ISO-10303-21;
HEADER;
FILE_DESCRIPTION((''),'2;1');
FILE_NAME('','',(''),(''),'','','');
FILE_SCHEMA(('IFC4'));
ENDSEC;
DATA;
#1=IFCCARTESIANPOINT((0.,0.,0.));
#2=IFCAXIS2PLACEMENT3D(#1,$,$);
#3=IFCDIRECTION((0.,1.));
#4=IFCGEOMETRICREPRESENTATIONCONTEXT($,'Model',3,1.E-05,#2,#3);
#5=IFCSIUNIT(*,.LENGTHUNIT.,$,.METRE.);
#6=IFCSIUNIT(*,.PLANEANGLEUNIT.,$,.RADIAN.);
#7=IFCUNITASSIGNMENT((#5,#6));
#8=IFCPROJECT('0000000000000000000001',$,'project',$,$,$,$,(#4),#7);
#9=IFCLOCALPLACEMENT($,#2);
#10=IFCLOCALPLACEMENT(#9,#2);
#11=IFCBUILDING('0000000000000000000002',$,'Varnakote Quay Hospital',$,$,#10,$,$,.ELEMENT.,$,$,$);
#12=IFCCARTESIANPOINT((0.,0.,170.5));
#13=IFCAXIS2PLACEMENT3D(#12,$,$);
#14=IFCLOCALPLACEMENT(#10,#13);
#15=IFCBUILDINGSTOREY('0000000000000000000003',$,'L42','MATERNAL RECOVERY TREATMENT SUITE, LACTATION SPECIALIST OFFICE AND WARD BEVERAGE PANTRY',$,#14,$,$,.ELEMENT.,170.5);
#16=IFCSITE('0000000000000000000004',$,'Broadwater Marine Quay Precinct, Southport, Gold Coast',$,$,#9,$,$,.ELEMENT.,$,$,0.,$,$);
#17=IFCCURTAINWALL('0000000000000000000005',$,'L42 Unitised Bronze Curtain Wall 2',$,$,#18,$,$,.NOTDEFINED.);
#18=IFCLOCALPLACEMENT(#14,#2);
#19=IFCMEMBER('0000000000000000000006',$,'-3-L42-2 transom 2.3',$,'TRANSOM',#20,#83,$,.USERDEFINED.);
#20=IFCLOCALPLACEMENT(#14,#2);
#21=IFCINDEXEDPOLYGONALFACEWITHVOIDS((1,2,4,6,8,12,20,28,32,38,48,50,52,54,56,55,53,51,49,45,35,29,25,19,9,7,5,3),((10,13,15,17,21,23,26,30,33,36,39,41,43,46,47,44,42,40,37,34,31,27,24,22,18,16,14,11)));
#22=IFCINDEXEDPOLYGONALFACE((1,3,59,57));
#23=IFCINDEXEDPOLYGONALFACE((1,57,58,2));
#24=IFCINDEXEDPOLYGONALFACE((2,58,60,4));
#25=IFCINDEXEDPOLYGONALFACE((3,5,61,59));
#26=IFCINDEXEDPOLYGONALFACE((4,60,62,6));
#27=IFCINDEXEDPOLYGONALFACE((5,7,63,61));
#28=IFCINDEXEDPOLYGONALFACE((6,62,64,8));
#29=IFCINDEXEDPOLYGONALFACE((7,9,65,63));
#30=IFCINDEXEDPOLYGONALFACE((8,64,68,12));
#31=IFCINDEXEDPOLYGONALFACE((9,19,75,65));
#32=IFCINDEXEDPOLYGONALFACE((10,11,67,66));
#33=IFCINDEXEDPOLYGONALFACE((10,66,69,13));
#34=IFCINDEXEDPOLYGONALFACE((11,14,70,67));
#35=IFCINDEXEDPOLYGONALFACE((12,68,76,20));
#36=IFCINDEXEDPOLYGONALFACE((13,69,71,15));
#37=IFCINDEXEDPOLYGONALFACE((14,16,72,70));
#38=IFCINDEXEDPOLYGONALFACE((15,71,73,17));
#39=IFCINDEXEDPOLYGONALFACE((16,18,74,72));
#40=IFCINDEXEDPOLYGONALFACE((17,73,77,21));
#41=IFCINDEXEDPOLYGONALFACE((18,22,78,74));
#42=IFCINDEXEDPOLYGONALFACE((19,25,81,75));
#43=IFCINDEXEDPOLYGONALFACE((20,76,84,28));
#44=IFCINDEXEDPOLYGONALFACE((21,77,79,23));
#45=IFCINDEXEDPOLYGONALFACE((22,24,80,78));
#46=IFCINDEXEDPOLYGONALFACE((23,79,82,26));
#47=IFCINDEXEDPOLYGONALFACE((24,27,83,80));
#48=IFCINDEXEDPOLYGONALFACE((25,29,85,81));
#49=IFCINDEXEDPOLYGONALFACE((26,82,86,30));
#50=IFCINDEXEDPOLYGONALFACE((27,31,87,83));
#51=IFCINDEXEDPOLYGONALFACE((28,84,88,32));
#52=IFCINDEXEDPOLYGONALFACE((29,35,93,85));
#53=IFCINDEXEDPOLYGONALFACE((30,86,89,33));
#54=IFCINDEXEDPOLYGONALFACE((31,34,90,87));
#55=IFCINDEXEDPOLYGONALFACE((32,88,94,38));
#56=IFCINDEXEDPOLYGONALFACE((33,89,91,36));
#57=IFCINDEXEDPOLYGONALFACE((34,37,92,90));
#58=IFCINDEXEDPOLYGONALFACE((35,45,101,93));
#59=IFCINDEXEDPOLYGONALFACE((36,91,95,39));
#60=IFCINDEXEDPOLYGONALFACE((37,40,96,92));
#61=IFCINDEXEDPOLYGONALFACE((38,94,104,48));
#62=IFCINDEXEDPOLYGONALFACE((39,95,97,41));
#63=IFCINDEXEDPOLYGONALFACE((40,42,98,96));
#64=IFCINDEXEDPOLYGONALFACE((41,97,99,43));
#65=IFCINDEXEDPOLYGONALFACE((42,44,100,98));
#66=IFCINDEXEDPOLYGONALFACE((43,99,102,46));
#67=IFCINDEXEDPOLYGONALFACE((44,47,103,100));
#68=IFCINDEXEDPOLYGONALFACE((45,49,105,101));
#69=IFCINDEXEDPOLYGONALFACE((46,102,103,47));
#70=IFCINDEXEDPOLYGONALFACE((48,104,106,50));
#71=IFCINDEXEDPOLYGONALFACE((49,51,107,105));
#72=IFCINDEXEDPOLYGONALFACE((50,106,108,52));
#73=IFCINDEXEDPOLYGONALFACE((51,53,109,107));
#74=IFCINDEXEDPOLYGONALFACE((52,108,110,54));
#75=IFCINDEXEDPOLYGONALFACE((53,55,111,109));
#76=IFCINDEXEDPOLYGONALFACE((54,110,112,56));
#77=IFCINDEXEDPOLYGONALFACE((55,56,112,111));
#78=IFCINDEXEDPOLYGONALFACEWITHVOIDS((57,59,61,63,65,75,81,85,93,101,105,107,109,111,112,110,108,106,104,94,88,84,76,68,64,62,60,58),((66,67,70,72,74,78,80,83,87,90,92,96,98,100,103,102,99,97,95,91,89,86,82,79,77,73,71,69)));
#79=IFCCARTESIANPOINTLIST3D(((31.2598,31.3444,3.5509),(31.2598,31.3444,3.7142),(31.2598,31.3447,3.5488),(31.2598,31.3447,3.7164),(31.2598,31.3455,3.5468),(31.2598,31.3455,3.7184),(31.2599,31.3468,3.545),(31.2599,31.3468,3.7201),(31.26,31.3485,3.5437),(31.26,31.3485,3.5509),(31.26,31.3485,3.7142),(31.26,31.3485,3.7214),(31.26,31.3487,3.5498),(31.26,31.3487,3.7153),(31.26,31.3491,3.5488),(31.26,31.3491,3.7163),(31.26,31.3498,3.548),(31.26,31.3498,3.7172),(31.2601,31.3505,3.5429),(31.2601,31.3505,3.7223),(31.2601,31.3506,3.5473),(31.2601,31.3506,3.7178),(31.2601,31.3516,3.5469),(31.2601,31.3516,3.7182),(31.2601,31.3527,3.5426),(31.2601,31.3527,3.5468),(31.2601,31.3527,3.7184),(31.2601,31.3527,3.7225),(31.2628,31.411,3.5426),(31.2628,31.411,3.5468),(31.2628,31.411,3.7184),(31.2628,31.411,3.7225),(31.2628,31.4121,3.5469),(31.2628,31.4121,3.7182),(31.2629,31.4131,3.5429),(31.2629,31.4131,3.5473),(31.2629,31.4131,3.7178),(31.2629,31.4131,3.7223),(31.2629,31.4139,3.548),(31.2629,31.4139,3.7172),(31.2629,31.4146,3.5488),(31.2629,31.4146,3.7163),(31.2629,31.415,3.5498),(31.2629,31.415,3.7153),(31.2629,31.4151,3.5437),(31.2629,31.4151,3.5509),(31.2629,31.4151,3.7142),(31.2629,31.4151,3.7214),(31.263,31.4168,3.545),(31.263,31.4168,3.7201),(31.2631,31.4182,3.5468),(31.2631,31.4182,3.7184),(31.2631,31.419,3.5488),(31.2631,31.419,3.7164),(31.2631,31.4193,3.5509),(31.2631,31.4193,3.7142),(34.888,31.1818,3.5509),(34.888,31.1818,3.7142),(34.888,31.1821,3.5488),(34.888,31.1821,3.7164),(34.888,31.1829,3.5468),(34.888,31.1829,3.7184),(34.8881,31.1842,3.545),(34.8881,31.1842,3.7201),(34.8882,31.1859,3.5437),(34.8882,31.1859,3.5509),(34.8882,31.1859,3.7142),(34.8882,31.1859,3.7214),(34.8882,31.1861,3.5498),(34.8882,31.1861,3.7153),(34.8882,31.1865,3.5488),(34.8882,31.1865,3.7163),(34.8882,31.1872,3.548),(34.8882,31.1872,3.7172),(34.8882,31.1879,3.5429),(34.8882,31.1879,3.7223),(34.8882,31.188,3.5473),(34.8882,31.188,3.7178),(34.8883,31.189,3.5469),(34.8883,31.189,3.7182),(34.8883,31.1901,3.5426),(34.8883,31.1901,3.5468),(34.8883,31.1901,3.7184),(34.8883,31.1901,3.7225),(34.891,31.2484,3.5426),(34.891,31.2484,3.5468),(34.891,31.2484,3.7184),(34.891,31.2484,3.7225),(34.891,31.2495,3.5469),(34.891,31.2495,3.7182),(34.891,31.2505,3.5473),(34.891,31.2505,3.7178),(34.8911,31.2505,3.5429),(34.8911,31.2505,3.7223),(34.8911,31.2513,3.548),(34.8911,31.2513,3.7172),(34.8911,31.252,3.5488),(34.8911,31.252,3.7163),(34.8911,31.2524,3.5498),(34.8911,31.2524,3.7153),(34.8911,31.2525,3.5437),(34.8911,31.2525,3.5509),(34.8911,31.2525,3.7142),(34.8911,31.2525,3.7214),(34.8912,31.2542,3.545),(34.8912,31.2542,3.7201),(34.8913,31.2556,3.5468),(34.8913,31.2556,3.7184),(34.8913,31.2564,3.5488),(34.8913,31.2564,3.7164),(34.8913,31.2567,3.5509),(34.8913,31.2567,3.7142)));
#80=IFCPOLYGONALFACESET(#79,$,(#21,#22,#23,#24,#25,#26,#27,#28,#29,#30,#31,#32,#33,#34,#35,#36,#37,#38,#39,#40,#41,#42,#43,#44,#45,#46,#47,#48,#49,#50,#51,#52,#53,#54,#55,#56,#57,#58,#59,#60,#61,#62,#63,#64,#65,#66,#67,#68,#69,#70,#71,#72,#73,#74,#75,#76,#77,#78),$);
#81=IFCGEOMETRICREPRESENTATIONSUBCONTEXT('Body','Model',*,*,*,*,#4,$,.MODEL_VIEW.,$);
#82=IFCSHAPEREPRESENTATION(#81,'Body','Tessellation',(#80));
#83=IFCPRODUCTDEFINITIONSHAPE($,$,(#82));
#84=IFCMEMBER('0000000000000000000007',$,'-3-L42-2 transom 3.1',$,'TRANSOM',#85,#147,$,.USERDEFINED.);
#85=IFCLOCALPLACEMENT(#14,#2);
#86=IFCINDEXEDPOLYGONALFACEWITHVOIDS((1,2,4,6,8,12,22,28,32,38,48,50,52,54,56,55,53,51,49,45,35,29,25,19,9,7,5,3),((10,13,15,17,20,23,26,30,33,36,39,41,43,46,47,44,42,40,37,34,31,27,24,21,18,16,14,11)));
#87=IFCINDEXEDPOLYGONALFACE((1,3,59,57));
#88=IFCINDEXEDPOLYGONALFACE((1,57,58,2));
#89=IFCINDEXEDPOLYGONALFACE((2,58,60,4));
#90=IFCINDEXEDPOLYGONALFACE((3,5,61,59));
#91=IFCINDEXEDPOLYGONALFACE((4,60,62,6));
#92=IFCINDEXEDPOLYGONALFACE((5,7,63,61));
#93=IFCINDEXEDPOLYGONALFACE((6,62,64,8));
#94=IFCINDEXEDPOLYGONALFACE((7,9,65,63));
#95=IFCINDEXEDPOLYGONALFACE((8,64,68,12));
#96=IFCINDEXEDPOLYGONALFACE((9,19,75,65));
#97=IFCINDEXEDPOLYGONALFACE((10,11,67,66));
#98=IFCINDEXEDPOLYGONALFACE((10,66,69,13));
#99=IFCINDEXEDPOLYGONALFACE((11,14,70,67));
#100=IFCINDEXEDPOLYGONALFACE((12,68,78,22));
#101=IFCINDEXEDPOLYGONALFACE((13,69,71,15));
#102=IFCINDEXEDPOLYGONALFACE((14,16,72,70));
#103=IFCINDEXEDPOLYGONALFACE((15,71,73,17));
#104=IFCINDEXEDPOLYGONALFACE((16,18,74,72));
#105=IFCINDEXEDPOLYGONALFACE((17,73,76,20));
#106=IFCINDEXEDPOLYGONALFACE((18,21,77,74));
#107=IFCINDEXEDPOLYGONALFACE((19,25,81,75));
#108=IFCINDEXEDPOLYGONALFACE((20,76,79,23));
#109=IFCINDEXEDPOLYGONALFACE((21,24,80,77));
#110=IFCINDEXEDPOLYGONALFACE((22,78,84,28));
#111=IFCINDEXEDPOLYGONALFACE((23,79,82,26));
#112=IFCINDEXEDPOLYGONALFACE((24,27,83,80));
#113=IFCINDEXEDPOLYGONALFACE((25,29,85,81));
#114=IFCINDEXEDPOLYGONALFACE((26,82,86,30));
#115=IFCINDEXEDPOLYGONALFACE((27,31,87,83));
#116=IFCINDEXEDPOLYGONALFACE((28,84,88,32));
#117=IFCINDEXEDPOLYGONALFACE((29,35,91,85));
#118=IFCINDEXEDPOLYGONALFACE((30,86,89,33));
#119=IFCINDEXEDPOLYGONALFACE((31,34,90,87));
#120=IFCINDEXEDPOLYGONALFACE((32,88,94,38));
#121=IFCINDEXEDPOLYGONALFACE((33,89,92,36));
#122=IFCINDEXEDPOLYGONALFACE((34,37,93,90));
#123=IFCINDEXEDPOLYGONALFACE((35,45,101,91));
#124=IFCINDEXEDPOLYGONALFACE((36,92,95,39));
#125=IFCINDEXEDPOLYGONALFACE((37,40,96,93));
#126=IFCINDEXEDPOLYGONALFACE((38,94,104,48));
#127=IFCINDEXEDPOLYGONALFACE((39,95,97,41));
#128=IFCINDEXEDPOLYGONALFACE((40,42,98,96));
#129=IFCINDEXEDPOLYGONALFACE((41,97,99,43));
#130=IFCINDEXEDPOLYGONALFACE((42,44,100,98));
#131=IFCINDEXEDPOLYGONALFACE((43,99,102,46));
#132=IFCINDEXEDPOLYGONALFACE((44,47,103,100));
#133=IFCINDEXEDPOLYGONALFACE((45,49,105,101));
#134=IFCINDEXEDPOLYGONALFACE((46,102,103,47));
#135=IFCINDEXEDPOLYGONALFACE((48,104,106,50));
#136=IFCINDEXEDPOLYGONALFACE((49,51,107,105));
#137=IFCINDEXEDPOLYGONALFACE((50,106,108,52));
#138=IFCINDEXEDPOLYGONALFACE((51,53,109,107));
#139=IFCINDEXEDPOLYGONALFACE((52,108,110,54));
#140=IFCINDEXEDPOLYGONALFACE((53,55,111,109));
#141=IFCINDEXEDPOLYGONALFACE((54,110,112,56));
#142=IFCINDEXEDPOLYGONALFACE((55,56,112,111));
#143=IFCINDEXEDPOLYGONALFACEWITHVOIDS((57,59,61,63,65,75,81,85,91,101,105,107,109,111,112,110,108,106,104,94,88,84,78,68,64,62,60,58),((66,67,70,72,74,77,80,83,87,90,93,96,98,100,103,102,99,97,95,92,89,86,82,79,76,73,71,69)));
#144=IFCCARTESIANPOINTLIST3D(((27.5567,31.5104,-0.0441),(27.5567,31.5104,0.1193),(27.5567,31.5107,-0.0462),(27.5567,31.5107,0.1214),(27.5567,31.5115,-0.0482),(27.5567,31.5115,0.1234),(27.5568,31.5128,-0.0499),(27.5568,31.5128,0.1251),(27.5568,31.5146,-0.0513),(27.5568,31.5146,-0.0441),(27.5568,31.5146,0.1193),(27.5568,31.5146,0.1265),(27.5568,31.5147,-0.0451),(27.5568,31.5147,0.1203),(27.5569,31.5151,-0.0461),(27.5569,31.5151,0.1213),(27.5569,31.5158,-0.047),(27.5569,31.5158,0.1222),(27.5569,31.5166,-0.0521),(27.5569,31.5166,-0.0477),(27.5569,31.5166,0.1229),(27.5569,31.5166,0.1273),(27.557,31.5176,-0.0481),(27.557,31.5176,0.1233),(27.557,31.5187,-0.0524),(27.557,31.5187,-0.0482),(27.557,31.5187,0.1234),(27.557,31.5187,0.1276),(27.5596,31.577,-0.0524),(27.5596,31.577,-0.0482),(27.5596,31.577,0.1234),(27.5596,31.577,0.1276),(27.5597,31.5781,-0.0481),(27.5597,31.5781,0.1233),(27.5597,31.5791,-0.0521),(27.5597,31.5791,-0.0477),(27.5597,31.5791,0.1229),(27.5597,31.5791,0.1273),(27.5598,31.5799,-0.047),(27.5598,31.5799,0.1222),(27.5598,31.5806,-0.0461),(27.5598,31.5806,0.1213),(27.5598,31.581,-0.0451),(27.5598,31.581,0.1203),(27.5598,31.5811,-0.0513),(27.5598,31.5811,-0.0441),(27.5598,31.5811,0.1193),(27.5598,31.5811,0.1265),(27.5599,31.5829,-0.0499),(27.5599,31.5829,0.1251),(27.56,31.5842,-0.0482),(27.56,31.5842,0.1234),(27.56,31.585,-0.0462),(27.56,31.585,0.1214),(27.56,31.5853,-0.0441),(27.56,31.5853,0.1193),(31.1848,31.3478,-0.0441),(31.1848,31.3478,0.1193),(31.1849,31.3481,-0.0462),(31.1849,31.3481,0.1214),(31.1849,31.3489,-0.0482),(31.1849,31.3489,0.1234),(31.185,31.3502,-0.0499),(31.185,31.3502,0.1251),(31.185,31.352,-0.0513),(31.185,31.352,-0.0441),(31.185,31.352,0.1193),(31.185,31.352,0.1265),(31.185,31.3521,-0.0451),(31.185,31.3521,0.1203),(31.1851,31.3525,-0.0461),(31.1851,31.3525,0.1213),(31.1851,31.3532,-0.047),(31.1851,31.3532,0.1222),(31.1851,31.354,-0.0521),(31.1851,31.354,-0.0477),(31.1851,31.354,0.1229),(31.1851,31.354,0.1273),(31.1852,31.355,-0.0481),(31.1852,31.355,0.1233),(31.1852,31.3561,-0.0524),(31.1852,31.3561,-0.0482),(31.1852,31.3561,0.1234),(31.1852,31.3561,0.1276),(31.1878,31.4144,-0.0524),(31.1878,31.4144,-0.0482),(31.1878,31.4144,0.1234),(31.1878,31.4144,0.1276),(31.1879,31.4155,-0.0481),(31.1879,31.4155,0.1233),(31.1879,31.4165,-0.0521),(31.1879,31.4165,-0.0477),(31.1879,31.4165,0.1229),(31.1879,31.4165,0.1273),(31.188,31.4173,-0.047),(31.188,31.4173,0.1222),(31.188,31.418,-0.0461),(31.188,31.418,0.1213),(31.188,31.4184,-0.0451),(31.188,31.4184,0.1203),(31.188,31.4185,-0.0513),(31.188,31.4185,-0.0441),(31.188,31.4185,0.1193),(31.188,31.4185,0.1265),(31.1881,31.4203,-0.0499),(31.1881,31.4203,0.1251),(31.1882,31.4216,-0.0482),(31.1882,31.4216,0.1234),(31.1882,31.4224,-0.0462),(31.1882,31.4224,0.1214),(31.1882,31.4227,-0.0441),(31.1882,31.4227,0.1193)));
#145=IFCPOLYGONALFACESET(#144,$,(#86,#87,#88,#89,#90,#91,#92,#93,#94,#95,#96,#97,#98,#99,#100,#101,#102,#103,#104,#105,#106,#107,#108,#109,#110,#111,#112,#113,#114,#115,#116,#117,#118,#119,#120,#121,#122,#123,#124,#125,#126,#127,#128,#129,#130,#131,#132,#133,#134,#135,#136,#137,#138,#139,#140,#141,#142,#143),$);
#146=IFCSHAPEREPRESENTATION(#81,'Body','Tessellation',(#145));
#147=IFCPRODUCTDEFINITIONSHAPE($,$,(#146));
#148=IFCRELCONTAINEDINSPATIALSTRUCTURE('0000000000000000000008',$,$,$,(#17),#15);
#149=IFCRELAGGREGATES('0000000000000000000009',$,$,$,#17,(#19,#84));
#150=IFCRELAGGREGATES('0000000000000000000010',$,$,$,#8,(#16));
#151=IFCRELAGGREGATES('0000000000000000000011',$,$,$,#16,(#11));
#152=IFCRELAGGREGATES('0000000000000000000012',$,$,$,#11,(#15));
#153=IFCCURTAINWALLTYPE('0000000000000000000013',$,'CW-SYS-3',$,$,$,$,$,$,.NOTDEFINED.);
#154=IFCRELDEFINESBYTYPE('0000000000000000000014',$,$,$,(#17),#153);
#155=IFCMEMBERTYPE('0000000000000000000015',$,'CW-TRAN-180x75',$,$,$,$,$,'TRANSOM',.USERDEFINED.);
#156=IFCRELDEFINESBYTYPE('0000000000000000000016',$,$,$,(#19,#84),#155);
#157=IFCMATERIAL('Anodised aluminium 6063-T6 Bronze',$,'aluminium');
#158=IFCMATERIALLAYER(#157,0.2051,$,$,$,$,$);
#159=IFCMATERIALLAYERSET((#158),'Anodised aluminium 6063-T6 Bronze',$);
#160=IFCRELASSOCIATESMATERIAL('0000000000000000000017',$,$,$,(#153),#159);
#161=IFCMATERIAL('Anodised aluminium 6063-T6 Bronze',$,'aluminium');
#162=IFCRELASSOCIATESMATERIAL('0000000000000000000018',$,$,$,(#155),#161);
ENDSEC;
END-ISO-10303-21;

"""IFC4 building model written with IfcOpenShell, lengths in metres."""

from ifc_helpers import new_model, si_unit, direction, frame, origin, origin_2d, place, context, subcontext, project, spatial, hollow_rectangle, extrude, material, layer, layer_set, material_profile, profile_set, type_object, element, aggregate, save


model = new_model("IFC4")

# Units and contexts
model_context = context("Model", 3, precision=1e-05, world=origin(), true_north=direction((0.0, 1.0)))
body_context = subcontext(model_context, "Body", "Model", "MODEL_VIEW")
ifc_project = project(units=[si_unit("LENGTHUNIT", "METRE"), si_unit("PLANEANGLEUNIT", "RADIAN")], contexts=[model_context])

# Site, building, storey
site_placement = place(None, origin())
site = spatial("IfcSite", under=ifc_project, at=site_placement, Name="Broadwater Marine Quay Precinct, Southport, Gold Coast", CompositionType="ELEMENT", RefElevation=0.0)
building_placement = place(site_placement, origin())
building = spatial("IfcBuilding", under=site, at=building_placement, Name="Varnakote Quay Hospital", CompositionType="ELEMENT")
storey_placement = place(building_placement, frame((0.0, 0.0, 170.5)))
storey = spatial("IfcBuildingStorey", under=building, at=storey_placement, Name="L42", Description="MATERNAL RECOVERY TREATMENT SUITE, LACTATION SPECIALIST OFFICE AND WARD BEVERAGE PANTRY", CompositionType="ELEMENT", Elevation=170.5)

# Shared definitions
ifc_material_1 = material(Name="Anodised aluminium 6063-T6 Bronze", Category="aluminium")
ifc_layer_1 = layer(ifc_material_1, 0.2051)
ifc_layer_set_1 = layer_set([ifc_layer_1], Name="Anodised aluminium 6063-T6 Bronze")
curtain_wall_type = type_object("IfcCurtainWallType", Name="CW-SYS-3", PredefinedType="NOTDEFINED", material=ifc_layer_set_1)

# Curtain wall, members
curtain_wall_1_placement = place(storey_placement, origin())
curtain_wall_1 = element("IfcCurtainWall", 1, at=curtain_wall_1_placement, inside=storey, type_object=curtain_wall_type, Name="L42 Unitised Bronze Curtain Wall 2", PredefinedType="NOTDEFINED")
ifc_material_2 = material(Name="Anodised aluminium 6063-T6 Bronze", Category="aluminium")
ifc_material_profile_1 = material_profile(ifc_material_2, hollow_rectangle(XDim=0.075, YDim=0.1799, WallThickness=0.0042, InnerFilletRadius=0.0042, OuterFilletRadius=0.0083, at=origin_2d()), Name="CW-TRAN-180x75")
ifc_profile_set_1 = profile_set([ifc_material_profile_1], Name="Anodised aluminium 6063-T6 Bronze")
member_type_1 = type_object("IfcMemberType", Name="CW-TRAN-180x75", ElementType="TRANSOM", PredefinedType="USERDEFINED", material=ifc_profile_set_1)
member_1_placement = place(storey_placement, frame((34.8896, 31.2192, 3.6326), z_axis=(-0.998997, 0.04477, 0.0), x_axis=(-0.04477, -0.998997, 0.0)))
member_1 = element("IfcMember", 2, at=member_1_placement, type_object=member_type_1, Name="-3-L42-2 transom 2.3", ObjectType="TRANSOM", PredefinedType="USERDEFINED", context=body_context, shape_type="SweptSolid", body=[
    extrude(hollow_rectangle(XDim=0.075, YDim=0.1799, WallThickness=0.0042, InnerFilletRadius=0.0042, OuterFilletRadius=0.0083, at=origin_2d()), origin(), (0.0, 0.0, 1.0), 3.6318),
])
member_2_placement = place(storey_placement, frame((31.1865, 31.3853, 0.0376), z_axis=(-0.998997, 0.04477, 0.0), x_axis=(-0.04477, -0.998997, 0.0)))
member_2 = element("IfcMember", 3, at=member_2_placement, type_object=member_type_1, Name="-3-L42-2 transom 3.1", ObjectType="TRANSOM", PredefinedType="USERDEFINED", context=body_context, shape_type="SweptSolid", body=[
    extrude(hollow_rectangle(XDim=0.075, YDim=0.1799, WallThickness=0.0042, InnerFilletRadius=0.0042, OuterFilletRadius=0.0083, at=origin_2d()), origin(), (0.0, 0.0, 1.0), 3.6318),
])

aggregate(curtain_wall_1, [member_1, member_2])

save(model, "model.ifc")
